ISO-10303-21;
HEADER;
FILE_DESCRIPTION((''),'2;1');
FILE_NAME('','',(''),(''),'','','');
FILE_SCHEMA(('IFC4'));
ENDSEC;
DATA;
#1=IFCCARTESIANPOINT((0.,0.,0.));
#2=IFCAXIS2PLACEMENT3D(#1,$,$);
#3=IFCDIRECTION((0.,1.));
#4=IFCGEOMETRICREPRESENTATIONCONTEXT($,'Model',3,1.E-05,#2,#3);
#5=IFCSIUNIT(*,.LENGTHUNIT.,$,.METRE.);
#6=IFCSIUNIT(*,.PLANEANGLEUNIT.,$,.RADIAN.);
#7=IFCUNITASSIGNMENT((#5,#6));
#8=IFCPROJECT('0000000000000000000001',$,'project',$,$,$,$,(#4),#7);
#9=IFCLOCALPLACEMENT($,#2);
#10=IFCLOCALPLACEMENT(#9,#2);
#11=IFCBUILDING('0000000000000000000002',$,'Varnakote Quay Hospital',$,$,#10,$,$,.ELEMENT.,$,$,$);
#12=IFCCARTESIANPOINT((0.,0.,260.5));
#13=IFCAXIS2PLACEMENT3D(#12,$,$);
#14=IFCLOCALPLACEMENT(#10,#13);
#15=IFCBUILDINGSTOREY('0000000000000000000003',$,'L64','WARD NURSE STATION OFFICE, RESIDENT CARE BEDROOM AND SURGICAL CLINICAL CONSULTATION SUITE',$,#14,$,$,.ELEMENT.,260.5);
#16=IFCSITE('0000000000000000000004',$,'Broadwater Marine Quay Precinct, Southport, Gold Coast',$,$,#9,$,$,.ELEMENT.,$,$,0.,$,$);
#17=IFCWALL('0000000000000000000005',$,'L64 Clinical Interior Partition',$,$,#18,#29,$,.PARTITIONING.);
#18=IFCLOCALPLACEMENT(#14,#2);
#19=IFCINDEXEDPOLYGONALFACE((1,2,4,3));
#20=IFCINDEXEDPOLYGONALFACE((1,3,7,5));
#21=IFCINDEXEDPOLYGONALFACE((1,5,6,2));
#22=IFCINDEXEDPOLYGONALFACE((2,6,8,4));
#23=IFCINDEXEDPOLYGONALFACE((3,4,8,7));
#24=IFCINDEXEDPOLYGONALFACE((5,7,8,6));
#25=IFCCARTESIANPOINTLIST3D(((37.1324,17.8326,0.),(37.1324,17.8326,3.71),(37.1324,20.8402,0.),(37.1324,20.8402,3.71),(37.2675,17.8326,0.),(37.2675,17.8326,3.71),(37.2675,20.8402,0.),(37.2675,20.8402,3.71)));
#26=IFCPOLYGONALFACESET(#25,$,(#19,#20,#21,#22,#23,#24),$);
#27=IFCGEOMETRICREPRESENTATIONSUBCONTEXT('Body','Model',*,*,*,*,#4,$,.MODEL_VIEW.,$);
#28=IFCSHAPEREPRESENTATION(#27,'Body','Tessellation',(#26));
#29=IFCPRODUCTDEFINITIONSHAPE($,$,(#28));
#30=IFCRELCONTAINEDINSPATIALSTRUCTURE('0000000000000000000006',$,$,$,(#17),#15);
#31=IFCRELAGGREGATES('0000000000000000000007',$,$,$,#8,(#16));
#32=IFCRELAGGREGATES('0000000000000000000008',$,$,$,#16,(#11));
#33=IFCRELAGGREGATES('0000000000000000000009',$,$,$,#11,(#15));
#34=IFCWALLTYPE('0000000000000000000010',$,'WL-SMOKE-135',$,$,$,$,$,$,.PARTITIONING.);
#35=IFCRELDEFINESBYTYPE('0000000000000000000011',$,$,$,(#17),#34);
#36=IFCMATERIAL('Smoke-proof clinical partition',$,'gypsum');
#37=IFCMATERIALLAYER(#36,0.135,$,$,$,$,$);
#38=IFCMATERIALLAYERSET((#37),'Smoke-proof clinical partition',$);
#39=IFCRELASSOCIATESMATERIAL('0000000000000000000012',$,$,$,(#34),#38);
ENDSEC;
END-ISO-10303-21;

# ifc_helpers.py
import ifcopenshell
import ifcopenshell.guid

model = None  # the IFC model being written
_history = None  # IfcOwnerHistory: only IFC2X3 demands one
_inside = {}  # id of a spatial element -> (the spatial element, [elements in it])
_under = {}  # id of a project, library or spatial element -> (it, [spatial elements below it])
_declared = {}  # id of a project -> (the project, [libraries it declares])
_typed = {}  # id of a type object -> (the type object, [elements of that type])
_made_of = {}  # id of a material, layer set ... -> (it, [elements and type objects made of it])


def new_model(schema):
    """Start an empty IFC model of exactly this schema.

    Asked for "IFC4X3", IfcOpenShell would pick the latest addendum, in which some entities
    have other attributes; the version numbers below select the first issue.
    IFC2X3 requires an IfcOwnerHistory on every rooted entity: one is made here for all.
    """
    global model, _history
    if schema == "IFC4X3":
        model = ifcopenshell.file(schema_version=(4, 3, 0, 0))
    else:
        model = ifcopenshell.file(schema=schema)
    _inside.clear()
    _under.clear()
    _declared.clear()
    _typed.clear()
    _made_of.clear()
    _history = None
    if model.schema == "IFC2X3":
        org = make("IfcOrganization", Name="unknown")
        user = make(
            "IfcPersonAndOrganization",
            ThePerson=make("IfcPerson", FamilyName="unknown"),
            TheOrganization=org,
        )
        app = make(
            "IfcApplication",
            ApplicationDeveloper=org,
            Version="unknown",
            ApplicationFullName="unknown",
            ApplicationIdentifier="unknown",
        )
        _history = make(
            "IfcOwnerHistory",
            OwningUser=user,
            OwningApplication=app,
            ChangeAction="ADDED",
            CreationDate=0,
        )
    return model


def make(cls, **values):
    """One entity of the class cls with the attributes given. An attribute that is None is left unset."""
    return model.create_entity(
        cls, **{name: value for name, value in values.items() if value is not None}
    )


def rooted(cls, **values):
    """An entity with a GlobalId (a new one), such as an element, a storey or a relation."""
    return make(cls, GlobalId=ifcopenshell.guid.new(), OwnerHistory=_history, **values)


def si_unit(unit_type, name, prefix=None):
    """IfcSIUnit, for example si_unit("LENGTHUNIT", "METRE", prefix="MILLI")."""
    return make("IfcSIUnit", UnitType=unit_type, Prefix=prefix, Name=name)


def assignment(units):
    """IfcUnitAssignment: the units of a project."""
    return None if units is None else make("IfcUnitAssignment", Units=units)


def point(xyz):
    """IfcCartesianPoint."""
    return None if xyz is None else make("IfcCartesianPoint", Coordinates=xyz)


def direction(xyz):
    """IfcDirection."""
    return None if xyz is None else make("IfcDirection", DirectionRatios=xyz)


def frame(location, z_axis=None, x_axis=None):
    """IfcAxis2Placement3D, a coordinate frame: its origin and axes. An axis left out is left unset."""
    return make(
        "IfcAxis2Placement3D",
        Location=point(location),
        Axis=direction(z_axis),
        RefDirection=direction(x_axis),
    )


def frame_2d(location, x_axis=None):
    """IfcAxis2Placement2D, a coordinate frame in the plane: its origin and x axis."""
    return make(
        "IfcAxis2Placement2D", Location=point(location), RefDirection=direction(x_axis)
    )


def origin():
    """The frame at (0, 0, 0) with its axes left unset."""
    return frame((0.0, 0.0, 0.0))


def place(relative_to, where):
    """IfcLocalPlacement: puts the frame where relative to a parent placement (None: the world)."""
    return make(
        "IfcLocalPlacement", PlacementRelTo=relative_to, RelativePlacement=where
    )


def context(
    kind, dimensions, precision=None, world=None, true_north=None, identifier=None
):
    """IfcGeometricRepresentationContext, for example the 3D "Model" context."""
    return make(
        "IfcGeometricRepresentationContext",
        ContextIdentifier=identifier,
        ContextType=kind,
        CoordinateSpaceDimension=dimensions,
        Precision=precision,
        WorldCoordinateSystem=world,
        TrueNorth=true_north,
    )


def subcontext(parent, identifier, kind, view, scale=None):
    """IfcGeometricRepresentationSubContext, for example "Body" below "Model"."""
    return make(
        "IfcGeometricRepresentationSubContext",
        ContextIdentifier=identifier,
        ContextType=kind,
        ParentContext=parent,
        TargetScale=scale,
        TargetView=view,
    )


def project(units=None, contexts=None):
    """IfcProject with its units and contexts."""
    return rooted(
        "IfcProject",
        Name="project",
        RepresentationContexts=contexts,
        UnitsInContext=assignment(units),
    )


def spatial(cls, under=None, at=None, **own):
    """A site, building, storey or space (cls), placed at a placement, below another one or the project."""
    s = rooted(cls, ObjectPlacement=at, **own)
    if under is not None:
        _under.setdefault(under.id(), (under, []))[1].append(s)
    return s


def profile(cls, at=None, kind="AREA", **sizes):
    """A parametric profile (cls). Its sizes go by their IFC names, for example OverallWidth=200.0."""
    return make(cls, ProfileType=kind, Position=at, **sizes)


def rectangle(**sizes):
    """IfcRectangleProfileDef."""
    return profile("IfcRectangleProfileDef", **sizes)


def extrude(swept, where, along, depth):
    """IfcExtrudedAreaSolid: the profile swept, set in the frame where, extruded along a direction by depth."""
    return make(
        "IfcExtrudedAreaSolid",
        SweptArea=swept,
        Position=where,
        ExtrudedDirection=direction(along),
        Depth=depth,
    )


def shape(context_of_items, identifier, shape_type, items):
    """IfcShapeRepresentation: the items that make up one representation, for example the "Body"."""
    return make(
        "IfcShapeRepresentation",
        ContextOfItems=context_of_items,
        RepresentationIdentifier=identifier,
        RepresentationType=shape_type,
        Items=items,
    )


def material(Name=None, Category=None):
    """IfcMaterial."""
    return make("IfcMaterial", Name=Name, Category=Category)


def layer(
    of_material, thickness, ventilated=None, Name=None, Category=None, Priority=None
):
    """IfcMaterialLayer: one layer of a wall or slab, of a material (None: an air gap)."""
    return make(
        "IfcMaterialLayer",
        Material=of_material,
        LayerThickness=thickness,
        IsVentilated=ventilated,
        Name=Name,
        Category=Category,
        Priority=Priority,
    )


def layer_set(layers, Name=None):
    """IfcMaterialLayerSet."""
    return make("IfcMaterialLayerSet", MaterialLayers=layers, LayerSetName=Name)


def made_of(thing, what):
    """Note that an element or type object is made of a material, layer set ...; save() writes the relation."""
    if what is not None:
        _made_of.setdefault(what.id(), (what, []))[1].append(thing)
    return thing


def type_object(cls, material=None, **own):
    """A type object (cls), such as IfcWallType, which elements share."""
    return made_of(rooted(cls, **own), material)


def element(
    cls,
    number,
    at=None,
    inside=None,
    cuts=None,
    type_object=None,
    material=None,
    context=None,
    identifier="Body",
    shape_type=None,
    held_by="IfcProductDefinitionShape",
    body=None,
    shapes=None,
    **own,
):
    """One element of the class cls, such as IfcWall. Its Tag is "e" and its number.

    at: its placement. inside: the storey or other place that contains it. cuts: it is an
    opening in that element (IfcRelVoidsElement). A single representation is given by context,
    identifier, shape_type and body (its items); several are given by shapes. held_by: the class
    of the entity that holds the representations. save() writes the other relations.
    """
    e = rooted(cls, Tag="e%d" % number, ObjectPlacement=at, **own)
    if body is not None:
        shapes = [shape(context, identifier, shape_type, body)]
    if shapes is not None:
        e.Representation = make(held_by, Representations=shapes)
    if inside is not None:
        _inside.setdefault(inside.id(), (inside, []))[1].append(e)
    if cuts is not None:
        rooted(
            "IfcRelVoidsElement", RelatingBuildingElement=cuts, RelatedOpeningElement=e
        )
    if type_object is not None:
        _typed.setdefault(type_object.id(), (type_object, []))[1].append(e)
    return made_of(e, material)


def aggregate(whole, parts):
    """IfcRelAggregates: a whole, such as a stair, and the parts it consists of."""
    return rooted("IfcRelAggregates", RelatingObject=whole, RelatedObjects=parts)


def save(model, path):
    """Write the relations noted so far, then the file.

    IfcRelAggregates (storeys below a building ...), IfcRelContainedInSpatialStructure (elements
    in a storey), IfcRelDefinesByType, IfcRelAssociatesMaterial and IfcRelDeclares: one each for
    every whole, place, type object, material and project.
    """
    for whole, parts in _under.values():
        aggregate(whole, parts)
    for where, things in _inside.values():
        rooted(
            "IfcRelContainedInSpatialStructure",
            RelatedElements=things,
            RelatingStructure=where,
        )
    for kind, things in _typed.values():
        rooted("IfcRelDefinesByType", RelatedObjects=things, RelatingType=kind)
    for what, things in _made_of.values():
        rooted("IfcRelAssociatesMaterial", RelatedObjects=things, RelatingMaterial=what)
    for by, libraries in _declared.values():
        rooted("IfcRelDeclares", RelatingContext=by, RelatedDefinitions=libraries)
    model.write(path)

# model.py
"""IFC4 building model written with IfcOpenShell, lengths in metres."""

from ifc_helpers import new_model, si_unit, direction, frame, frame_2d, origin, place, context, subcontext, project, spatial, rectangle, extrude, material, layer, layer_set, type_object, element, save


model = new_model("IFC4")

# Units and contexts
model_context = context("Model", 3, precision=1e-05, world=origin(), true_north=direction((0.0, 1.0)))
body_context = subcontext(model_context, "Body", "Model", "MODEL_VIEW")
ifc_project = project(units=[si_unit("LENGTHUNIT", "METRE"), si_unit("PLANEANGLEUNIT", "RADIAN")], contexts=[model_context])

# Site, building, storey
site_placement = place(None, origin())
site = spatial("IfcSite", under=ifc_project, at=site_placement, Name="Broadwater Marine Quay Precinct, Southport, Gold Coast", CompositionType="ELEMENT", RefElevation=0.0)
building_placement = place(site_placement, origin())
building = spatial("IfcBuilding", under=site, at=building_placement, Name="Varnakote Quay Hospital", CompositionType="ELEMENT")
storey_placement = place(building_placement, frame((0.0, 0.0, 260.5)))
storey = spatial("IfcBuildingStorey", under=building, at=storey_placement, Name="L64", Description="WARD NURSE STATION OFFICE, RESIDENT CARE BEDROOM AND SURGICAL CLINICAL CONSULTATION SUITE", CompositionType="ELEMENT", Elevation=260.5)

# Wall
ifc_material_1 = material(Name="Smoke-proof clinical partition", Category="gypsum")
ifc_layer_1 = layer(ifc_material_1, 0.135)
ifc_layer_set_1 = layer_set([ifc_layer_1], Name="Smoke-proof clinical partition")
wall_type_1 = type_object("IfcWallType", Name="WL-SMOKE-135", PredefinedType="PARTITIONING", material=ifc_layer_set_1)
for number, where, z_axis, x_axis, name in (
    (1, (37.2, 17.8325, 0.0), (0.0, 0.0, 1.0), (0.0, 1.0, 0.0), "L64 Clinical Interior Partition"),
):
    element("IfcWall", number, at=place(storey_placement, frame(where, z_axis=z_axis, x_axis=x_axis)), inside=storey, type_object=wall_type_1, Name=name, PredefinedType="PARTITIONING", context=body_context, shape_type="SweptSolid", body=[
        extrude(rectangle(XDim=3.0076, YDim=0.135, at=frame_2d((1.5039, 0.0))), origin(), (0.0, 0.0, 1.0), 3.71),
    ])

save(model, "model.ifc")
